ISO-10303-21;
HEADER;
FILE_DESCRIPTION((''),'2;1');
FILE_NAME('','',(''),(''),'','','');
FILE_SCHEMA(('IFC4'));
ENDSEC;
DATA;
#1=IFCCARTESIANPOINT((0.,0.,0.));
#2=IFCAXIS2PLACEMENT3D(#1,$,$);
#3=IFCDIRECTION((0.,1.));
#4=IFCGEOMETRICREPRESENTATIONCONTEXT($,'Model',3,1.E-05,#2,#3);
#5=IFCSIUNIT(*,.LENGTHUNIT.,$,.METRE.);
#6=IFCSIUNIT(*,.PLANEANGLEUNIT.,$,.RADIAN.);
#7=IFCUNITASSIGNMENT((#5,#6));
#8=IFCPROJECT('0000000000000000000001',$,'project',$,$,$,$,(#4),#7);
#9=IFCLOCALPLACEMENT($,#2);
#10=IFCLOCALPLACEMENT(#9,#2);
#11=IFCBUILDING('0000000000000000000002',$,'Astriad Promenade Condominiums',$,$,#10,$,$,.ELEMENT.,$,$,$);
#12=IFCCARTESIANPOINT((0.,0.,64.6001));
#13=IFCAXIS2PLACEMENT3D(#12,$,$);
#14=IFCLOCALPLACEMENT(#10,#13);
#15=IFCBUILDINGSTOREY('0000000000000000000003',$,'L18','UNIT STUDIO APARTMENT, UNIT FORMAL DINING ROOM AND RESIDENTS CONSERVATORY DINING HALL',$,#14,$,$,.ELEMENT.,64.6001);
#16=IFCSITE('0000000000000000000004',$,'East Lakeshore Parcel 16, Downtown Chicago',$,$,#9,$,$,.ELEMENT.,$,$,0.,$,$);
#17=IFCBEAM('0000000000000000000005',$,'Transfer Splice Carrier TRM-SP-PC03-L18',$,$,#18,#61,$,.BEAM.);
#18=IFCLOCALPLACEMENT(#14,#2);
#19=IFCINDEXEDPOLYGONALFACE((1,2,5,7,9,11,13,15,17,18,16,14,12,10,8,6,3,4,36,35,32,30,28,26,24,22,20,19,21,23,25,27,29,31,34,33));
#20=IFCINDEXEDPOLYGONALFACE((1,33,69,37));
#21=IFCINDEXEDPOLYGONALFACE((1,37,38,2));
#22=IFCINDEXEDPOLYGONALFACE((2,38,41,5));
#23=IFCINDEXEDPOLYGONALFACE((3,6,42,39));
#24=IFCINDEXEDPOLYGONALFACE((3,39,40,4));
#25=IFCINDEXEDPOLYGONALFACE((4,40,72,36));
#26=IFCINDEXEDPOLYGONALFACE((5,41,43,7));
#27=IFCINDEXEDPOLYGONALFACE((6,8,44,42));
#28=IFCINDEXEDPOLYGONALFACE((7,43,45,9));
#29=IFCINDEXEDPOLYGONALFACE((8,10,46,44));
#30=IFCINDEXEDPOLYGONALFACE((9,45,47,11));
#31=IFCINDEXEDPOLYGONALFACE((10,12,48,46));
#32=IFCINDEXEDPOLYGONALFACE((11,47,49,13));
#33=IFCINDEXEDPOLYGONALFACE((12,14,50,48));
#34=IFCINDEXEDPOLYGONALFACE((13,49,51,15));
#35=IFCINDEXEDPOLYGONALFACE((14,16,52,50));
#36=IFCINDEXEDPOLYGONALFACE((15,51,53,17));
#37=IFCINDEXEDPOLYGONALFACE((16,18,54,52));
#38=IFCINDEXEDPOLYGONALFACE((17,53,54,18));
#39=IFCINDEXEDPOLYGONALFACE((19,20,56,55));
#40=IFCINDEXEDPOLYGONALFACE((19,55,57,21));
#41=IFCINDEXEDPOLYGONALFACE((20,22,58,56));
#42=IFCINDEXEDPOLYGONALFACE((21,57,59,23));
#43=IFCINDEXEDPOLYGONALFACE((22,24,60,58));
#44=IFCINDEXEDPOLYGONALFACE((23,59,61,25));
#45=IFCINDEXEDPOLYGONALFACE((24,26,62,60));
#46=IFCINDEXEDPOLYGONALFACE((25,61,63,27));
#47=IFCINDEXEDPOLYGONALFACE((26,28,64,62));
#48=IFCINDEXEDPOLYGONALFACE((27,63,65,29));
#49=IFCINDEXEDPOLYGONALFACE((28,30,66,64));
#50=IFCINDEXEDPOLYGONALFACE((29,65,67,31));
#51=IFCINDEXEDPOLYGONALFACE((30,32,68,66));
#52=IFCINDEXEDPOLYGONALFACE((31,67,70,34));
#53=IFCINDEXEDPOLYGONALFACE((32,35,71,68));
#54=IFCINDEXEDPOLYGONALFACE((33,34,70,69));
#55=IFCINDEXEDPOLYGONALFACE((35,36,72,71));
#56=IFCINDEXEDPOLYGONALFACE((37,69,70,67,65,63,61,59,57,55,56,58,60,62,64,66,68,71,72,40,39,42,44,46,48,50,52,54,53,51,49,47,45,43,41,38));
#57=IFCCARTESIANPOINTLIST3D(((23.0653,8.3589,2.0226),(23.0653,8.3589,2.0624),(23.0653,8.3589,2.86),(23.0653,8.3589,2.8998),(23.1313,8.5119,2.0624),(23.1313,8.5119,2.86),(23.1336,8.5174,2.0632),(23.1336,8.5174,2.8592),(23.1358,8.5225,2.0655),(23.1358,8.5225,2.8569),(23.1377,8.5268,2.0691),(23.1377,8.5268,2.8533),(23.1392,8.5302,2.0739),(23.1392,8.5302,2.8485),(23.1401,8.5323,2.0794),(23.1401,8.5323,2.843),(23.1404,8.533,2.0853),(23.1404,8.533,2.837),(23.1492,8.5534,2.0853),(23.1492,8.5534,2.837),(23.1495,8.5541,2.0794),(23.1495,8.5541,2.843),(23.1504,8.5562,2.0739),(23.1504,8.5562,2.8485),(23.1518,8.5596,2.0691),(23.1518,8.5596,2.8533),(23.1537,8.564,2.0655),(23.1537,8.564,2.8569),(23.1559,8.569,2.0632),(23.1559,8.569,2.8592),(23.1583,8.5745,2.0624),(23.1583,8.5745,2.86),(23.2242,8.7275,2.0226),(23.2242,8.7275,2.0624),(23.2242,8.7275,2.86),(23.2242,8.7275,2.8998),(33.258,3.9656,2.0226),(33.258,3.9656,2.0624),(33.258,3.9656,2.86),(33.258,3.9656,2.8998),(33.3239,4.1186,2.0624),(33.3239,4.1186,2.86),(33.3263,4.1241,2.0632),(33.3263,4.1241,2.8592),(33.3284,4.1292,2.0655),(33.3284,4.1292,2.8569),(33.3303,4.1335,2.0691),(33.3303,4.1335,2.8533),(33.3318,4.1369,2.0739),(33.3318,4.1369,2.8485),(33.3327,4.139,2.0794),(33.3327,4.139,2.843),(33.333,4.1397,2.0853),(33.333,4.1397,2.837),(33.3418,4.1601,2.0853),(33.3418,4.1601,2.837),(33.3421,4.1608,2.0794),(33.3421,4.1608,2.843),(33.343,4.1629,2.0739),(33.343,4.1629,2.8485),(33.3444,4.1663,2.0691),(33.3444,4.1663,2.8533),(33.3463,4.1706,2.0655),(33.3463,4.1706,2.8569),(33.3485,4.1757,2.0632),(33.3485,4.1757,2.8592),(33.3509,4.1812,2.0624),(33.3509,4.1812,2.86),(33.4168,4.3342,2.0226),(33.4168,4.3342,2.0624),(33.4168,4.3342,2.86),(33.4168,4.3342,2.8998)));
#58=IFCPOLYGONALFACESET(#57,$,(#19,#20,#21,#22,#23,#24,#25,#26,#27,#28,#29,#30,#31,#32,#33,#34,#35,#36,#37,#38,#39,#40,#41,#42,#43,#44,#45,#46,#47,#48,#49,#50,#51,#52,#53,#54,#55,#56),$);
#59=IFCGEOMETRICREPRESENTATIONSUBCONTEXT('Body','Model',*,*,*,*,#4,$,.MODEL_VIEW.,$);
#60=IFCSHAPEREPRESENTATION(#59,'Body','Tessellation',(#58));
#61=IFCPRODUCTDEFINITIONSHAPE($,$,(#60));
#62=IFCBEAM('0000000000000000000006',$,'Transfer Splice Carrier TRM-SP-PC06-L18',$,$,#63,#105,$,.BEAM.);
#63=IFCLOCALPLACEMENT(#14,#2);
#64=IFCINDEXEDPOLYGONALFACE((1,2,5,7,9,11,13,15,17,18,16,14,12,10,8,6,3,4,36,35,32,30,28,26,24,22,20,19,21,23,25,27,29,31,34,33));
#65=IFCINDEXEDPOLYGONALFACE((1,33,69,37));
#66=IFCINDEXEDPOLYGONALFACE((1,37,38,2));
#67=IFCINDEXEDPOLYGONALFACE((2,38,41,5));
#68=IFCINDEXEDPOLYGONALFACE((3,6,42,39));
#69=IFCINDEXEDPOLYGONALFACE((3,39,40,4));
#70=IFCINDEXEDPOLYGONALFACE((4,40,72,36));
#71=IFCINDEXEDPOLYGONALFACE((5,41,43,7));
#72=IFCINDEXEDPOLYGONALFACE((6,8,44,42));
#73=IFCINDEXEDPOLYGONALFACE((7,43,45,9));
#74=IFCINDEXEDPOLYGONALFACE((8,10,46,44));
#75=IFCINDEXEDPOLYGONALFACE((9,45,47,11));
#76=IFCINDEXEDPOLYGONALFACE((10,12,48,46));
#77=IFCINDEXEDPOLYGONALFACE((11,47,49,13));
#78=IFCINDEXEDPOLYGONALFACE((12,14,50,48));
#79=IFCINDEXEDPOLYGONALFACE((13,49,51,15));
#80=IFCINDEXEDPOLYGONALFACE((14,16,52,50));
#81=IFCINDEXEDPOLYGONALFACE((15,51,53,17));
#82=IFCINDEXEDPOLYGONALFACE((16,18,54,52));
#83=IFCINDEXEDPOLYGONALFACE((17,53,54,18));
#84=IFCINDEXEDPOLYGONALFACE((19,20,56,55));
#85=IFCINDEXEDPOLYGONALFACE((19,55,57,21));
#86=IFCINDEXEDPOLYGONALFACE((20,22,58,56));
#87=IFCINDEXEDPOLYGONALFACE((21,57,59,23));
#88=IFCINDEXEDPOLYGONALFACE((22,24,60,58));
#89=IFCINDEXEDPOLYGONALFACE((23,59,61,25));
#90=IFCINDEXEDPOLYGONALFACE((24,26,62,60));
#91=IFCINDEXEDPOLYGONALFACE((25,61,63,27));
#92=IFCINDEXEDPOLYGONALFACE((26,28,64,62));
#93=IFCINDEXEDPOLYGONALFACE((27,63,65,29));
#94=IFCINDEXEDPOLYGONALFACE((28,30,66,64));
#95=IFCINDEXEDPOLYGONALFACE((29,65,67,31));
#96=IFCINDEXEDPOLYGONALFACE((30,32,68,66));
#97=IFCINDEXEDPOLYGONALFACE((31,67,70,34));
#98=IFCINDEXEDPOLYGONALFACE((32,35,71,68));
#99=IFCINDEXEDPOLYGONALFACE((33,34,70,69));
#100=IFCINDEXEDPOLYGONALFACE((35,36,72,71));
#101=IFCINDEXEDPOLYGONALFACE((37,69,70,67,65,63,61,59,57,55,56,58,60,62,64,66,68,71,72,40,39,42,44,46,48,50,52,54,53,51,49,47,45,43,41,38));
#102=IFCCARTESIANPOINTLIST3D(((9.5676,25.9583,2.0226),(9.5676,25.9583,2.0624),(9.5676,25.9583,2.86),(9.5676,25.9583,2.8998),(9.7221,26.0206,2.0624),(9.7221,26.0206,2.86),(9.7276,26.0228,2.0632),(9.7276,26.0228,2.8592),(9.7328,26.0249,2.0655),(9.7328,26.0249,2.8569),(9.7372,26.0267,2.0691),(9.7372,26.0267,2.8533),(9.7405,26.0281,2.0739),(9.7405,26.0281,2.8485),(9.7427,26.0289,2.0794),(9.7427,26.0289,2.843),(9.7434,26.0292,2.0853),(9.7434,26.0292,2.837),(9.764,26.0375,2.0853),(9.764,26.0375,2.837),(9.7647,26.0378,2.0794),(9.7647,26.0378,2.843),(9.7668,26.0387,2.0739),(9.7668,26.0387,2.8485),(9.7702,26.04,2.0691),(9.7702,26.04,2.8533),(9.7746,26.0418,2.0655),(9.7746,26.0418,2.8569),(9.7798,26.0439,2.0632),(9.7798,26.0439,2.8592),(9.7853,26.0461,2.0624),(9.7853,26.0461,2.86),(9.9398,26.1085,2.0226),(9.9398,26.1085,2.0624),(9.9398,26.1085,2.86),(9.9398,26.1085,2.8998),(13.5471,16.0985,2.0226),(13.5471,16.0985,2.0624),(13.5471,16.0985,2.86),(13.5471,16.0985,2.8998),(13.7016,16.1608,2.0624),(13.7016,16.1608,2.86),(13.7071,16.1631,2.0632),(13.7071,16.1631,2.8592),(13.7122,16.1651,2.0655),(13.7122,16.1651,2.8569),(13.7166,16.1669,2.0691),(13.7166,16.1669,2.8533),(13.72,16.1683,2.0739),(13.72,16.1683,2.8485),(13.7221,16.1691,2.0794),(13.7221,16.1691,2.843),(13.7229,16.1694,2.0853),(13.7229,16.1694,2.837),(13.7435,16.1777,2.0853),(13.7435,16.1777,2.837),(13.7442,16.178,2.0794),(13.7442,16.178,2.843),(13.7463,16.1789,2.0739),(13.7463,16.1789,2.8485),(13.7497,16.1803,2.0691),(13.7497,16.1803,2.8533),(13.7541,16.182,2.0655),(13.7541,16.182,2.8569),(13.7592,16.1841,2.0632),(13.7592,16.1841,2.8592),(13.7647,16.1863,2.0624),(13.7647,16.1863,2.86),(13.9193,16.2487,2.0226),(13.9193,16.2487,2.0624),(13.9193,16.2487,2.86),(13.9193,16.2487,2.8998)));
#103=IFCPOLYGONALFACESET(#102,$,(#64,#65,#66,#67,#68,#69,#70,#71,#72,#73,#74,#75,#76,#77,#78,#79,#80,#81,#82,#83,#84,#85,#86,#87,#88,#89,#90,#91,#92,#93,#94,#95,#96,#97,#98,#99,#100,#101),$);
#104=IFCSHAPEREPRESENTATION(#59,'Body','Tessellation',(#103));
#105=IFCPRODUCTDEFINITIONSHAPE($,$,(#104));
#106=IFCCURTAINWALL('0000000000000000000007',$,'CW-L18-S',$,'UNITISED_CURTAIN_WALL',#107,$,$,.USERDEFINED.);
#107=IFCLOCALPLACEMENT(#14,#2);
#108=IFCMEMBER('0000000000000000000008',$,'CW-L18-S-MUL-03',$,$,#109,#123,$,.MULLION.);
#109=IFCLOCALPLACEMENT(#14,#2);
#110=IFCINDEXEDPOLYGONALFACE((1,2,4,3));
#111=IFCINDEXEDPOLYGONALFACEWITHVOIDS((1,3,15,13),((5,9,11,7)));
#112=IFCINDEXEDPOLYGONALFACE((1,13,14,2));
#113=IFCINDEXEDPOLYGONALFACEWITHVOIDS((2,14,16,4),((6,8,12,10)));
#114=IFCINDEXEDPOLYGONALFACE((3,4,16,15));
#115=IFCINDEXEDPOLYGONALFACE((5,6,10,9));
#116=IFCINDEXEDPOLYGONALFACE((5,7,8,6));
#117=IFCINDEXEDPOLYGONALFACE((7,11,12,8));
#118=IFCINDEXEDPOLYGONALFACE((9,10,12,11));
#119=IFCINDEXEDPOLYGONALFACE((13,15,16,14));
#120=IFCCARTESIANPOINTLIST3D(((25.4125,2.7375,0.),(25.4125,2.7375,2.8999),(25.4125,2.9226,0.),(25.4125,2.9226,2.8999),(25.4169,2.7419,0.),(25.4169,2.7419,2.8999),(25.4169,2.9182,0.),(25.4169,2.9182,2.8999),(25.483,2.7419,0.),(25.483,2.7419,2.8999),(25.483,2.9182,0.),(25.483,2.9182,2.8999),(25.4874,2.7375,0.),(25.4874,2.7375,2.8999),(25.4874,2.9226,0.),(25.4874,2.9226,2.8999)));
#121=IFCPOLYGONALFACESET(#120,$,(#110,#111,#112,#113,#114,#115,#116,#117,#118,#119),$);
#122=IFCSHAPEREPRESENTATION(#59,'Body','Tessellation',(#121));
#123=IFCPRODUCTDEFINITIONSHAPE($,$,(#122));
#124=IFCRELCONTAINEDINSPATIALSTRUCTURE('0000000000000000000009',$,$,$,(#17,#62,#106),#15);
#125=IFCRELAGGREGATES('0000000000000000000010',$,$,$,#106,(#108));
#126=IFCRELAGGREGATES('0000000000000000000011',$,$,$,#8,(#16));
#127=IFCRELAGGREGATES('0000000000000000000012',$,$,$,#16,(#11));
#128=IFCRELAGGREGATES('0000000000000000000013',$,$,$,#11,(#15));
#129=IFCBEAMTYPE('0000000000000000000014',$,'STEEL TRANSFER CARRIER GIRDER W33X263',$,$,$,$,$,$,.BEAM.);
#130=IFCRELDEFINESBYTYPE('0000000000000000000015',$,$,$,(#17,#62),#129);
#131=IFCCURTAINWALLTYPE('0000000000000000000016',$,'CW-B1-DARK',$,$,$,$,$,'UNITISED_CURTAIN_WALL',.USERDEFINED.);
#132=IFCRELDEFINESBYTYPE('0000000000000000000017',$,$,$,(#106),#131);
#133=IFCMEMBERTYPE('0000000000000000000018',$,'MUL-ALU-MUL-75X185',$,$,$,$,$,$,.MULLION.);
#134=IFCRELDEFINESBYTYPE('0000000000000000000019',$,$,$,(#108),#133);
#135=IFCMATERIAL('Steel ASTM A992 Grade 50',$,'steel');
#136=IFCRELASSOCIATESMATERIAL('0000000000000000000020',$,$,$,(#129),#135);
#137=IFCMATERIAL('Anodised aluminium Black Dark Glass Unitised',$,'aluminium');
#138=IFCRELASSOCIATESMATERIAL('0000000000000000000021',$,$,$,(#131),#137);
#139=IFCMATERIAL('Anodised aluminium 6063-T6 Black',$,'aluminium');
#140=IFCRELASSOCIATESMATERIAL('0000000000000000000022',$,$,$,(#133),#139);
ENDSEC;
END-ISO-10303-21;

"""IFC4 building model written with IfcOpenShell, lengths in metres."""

from ifc_helpers import new_model, si_unit, direction, frame, origin, origin_2d, place, context, subcontext, project, spatial, hollow_rectangle, i_section, extrude, source, transform, mapped, material, material_profile, profile_set, type_object, type_shapes, element, aggregate, save


model = new_model("IFC4")

# Units and contexts
model_context = context("Model", 3, precision=1e-05, world=origin(), true_north=direction((0.0, 1.0)))
body_context = subcontext(model_context, "Body", "Model", "MODEL_VIEW")
ifc_project = project(units=[si_unit("LENGTHUNIT", "METRE"), si_unit("PLANEANGLEUNIT", "RADIAN")], contexts=[model_context])

# Site, building, storey
site_placement = place(None, origin())
site = spatial("IfcSite", under=ifc_project, at=site_placement, Name="East Lakeshore Parcel 16, Downtown Chicago", CompositionType="ELEMENT", RefElevation=0.0)
building_placement = place(site_placement, origin())
building = spatial("IfcBuilding", under=site, at=building_placement, Name="Astriad Promenade Condominiums", CompositionType="ELEMENT")
storey_placement = place(building_placement, frame((0.0, 0.0, 64.6001)))
storey = spatial("IfcBuildingStorey", under=building, at=storey_placement, Name="L18", Description="UNIT STUDIO APARTMENT, UNIT FORMAL DINING ROOM AND RESIDENTS CONSERVATORY DINING HALL", CompositionType="ELEMENT", Elevation=64.6001)

# Beams
ifc_material_1 = material(Name="Steel ASTM A992 Grade 50", Category="steel")
ifc_material_profile_1 = material_profile(ifc_material_1, i_section(OverallWidth=0.4014, OverallDepth=0.8772, WebThickness=0.0222, FlangeThickness=0.0398, FilletRadius=0.0229, at=origin_2d()), Name="W33X263")
ifc_profile_set_1 = profile_set([ifc_material_profile_1], Name="Steel ASTM A992 Grade 50")
beam_type_1 = type_object("IfcBeamType", Name="STEEL TRANSFER CARRIER GIRDER W33X263", PredefinedType="BEAM", material=ifc_profile_set_1)
shared_shape_1 = source(origin(), body_context, "Body", "SweptSolid", [
    extrude(i_section(OverallWidth=0.4014, OverallDepth=0.8772, WebThickness=0.0222, FlangeThickness=0.0398, FilletRadius=0.0229, at=origin_2d()), origin(), (0.0, 0.0, 1.0), 11.0991),
])
beam_1_placement = place(storey_placement, frame((23.1448, 8.5432, 2.4612), z_axis=(0.918326, -0.395825, 0.0), x_axis=(0.395825, 0.918326, 0.0)))
element("IfcBeam", 1, at=beam_1_placement, inside=storey, type_object=beam_type_1, Name="Transfer Splice Carrier TRM-SP-PC03-L18", PredefinedType="BEAM", context=body_context, shape_type="MappedRepresentation", body=[
    mapped(shared_shape_1, transform((0.0, 0.0, 0.0), scale=1.0)),
])
shared_shape_2 = source(origin(), body_context, "Body", "SweptSolid", [
    extrude(i_section(OverallWidth=0.4014, OverallDepth=0.8772, WebThickness=0.0222, FlangeThickness=0.0398, FilletRadius=0.0229, at=origin_2d()), origin(), (0.0, 0.0, 1.0), 10.6326),
])
beam_2_placement = place(storey_placement, frame((13.7332, 16.1736, 2.4612), z_axis=(-0.374271, 0.927319, 0.0), x_axis=(-0.927319, -0.374271, 0.0)))
element("IfcBeam", 2, at=beam_2_placement, inside=storey, type_object=beam_type_1, Name="Transfer Splice Carrier TRM-SP-PC06-L18", PredefinedType="BEAM", context=body_context, shape_type="MappedRepresentation", body=[
    mapped(shared_shape_2, transform((0.0, 0.0, 0.0), scale=1.0)),
])

# Curtain wall, member
ifc_material_2 = material(Name="Anodised aluminium Black Dark Glass Unitised", Category="aluminium")
curtain_wall_type = type_object("IfcCurtainWallType", Name="CW-B1-DARK", ElementType="UNITISED_CURTAIN_WALL", PredefinedType="USERDEFINED", material=ifc_material_2)
curtain_wall_placement = place(storey_placement, origin())
curtain_wall = element("IfcCurtainWall", 3, at=curtain_wall_placement, inside=storey, type_object=curtain_wall_type, Name="CW-L18-S", ObjectType="UNITISED_CURTAIN_WALL", PredefinedType="USERDEFINED")
ifc_material_3 = material(Name="Anodised aluminium 6063-T6 Black", Category="aluminium")
ifc_material_profile_2 = material_profile(ifc_material_3, hollow_rectangle(XDim=0.075, YDim=0.1851, WallThickness=0.0044, at=origin_2d()), Name="ALU-MUL-75X185")
ifc_profile_set_2 = profile_set([ifc_material_profile_2], Name="Anodised aluminium 6063-T6 Black")
member_type = type_object("IfcMemberType", Name="MUL-ALU-MUL-75X185", PredefinedType="MULLION", material=ifc_profile_set_2)
shared_shape_3 = source(origin(), body_context, "Body", "SweptSolid", [
    extrude(hollow_rectangle(XDim=0.075, YDim=0.1851, WallThickness=0.0044, at=origin_2d()), origin(), (0.0, 0.0, 1.0), 2.8999),
])
type_shapes(member_type, [shared_shape_3])
member_placement = place(storey_placement, frame((25.45, 2.8301, 0.0), z_axis=(0.0, 0.0, 1.0), x_axis=(1.0, 0.0, 0.0)))
member = element("IfcMember", 4, at=member_placement, type_object=member_type, Name="CW-L18-S-MUL-03", PredefinedType="MULLION", context=body_context, shape_type="MappedRepresentation", body=[
    mapped(shared_shape_3, transform((0.0, 0.0, 0.0), scale=1.0)),
])
aggregate(curtain_wall, [member])

save(model, "model.ifc")
